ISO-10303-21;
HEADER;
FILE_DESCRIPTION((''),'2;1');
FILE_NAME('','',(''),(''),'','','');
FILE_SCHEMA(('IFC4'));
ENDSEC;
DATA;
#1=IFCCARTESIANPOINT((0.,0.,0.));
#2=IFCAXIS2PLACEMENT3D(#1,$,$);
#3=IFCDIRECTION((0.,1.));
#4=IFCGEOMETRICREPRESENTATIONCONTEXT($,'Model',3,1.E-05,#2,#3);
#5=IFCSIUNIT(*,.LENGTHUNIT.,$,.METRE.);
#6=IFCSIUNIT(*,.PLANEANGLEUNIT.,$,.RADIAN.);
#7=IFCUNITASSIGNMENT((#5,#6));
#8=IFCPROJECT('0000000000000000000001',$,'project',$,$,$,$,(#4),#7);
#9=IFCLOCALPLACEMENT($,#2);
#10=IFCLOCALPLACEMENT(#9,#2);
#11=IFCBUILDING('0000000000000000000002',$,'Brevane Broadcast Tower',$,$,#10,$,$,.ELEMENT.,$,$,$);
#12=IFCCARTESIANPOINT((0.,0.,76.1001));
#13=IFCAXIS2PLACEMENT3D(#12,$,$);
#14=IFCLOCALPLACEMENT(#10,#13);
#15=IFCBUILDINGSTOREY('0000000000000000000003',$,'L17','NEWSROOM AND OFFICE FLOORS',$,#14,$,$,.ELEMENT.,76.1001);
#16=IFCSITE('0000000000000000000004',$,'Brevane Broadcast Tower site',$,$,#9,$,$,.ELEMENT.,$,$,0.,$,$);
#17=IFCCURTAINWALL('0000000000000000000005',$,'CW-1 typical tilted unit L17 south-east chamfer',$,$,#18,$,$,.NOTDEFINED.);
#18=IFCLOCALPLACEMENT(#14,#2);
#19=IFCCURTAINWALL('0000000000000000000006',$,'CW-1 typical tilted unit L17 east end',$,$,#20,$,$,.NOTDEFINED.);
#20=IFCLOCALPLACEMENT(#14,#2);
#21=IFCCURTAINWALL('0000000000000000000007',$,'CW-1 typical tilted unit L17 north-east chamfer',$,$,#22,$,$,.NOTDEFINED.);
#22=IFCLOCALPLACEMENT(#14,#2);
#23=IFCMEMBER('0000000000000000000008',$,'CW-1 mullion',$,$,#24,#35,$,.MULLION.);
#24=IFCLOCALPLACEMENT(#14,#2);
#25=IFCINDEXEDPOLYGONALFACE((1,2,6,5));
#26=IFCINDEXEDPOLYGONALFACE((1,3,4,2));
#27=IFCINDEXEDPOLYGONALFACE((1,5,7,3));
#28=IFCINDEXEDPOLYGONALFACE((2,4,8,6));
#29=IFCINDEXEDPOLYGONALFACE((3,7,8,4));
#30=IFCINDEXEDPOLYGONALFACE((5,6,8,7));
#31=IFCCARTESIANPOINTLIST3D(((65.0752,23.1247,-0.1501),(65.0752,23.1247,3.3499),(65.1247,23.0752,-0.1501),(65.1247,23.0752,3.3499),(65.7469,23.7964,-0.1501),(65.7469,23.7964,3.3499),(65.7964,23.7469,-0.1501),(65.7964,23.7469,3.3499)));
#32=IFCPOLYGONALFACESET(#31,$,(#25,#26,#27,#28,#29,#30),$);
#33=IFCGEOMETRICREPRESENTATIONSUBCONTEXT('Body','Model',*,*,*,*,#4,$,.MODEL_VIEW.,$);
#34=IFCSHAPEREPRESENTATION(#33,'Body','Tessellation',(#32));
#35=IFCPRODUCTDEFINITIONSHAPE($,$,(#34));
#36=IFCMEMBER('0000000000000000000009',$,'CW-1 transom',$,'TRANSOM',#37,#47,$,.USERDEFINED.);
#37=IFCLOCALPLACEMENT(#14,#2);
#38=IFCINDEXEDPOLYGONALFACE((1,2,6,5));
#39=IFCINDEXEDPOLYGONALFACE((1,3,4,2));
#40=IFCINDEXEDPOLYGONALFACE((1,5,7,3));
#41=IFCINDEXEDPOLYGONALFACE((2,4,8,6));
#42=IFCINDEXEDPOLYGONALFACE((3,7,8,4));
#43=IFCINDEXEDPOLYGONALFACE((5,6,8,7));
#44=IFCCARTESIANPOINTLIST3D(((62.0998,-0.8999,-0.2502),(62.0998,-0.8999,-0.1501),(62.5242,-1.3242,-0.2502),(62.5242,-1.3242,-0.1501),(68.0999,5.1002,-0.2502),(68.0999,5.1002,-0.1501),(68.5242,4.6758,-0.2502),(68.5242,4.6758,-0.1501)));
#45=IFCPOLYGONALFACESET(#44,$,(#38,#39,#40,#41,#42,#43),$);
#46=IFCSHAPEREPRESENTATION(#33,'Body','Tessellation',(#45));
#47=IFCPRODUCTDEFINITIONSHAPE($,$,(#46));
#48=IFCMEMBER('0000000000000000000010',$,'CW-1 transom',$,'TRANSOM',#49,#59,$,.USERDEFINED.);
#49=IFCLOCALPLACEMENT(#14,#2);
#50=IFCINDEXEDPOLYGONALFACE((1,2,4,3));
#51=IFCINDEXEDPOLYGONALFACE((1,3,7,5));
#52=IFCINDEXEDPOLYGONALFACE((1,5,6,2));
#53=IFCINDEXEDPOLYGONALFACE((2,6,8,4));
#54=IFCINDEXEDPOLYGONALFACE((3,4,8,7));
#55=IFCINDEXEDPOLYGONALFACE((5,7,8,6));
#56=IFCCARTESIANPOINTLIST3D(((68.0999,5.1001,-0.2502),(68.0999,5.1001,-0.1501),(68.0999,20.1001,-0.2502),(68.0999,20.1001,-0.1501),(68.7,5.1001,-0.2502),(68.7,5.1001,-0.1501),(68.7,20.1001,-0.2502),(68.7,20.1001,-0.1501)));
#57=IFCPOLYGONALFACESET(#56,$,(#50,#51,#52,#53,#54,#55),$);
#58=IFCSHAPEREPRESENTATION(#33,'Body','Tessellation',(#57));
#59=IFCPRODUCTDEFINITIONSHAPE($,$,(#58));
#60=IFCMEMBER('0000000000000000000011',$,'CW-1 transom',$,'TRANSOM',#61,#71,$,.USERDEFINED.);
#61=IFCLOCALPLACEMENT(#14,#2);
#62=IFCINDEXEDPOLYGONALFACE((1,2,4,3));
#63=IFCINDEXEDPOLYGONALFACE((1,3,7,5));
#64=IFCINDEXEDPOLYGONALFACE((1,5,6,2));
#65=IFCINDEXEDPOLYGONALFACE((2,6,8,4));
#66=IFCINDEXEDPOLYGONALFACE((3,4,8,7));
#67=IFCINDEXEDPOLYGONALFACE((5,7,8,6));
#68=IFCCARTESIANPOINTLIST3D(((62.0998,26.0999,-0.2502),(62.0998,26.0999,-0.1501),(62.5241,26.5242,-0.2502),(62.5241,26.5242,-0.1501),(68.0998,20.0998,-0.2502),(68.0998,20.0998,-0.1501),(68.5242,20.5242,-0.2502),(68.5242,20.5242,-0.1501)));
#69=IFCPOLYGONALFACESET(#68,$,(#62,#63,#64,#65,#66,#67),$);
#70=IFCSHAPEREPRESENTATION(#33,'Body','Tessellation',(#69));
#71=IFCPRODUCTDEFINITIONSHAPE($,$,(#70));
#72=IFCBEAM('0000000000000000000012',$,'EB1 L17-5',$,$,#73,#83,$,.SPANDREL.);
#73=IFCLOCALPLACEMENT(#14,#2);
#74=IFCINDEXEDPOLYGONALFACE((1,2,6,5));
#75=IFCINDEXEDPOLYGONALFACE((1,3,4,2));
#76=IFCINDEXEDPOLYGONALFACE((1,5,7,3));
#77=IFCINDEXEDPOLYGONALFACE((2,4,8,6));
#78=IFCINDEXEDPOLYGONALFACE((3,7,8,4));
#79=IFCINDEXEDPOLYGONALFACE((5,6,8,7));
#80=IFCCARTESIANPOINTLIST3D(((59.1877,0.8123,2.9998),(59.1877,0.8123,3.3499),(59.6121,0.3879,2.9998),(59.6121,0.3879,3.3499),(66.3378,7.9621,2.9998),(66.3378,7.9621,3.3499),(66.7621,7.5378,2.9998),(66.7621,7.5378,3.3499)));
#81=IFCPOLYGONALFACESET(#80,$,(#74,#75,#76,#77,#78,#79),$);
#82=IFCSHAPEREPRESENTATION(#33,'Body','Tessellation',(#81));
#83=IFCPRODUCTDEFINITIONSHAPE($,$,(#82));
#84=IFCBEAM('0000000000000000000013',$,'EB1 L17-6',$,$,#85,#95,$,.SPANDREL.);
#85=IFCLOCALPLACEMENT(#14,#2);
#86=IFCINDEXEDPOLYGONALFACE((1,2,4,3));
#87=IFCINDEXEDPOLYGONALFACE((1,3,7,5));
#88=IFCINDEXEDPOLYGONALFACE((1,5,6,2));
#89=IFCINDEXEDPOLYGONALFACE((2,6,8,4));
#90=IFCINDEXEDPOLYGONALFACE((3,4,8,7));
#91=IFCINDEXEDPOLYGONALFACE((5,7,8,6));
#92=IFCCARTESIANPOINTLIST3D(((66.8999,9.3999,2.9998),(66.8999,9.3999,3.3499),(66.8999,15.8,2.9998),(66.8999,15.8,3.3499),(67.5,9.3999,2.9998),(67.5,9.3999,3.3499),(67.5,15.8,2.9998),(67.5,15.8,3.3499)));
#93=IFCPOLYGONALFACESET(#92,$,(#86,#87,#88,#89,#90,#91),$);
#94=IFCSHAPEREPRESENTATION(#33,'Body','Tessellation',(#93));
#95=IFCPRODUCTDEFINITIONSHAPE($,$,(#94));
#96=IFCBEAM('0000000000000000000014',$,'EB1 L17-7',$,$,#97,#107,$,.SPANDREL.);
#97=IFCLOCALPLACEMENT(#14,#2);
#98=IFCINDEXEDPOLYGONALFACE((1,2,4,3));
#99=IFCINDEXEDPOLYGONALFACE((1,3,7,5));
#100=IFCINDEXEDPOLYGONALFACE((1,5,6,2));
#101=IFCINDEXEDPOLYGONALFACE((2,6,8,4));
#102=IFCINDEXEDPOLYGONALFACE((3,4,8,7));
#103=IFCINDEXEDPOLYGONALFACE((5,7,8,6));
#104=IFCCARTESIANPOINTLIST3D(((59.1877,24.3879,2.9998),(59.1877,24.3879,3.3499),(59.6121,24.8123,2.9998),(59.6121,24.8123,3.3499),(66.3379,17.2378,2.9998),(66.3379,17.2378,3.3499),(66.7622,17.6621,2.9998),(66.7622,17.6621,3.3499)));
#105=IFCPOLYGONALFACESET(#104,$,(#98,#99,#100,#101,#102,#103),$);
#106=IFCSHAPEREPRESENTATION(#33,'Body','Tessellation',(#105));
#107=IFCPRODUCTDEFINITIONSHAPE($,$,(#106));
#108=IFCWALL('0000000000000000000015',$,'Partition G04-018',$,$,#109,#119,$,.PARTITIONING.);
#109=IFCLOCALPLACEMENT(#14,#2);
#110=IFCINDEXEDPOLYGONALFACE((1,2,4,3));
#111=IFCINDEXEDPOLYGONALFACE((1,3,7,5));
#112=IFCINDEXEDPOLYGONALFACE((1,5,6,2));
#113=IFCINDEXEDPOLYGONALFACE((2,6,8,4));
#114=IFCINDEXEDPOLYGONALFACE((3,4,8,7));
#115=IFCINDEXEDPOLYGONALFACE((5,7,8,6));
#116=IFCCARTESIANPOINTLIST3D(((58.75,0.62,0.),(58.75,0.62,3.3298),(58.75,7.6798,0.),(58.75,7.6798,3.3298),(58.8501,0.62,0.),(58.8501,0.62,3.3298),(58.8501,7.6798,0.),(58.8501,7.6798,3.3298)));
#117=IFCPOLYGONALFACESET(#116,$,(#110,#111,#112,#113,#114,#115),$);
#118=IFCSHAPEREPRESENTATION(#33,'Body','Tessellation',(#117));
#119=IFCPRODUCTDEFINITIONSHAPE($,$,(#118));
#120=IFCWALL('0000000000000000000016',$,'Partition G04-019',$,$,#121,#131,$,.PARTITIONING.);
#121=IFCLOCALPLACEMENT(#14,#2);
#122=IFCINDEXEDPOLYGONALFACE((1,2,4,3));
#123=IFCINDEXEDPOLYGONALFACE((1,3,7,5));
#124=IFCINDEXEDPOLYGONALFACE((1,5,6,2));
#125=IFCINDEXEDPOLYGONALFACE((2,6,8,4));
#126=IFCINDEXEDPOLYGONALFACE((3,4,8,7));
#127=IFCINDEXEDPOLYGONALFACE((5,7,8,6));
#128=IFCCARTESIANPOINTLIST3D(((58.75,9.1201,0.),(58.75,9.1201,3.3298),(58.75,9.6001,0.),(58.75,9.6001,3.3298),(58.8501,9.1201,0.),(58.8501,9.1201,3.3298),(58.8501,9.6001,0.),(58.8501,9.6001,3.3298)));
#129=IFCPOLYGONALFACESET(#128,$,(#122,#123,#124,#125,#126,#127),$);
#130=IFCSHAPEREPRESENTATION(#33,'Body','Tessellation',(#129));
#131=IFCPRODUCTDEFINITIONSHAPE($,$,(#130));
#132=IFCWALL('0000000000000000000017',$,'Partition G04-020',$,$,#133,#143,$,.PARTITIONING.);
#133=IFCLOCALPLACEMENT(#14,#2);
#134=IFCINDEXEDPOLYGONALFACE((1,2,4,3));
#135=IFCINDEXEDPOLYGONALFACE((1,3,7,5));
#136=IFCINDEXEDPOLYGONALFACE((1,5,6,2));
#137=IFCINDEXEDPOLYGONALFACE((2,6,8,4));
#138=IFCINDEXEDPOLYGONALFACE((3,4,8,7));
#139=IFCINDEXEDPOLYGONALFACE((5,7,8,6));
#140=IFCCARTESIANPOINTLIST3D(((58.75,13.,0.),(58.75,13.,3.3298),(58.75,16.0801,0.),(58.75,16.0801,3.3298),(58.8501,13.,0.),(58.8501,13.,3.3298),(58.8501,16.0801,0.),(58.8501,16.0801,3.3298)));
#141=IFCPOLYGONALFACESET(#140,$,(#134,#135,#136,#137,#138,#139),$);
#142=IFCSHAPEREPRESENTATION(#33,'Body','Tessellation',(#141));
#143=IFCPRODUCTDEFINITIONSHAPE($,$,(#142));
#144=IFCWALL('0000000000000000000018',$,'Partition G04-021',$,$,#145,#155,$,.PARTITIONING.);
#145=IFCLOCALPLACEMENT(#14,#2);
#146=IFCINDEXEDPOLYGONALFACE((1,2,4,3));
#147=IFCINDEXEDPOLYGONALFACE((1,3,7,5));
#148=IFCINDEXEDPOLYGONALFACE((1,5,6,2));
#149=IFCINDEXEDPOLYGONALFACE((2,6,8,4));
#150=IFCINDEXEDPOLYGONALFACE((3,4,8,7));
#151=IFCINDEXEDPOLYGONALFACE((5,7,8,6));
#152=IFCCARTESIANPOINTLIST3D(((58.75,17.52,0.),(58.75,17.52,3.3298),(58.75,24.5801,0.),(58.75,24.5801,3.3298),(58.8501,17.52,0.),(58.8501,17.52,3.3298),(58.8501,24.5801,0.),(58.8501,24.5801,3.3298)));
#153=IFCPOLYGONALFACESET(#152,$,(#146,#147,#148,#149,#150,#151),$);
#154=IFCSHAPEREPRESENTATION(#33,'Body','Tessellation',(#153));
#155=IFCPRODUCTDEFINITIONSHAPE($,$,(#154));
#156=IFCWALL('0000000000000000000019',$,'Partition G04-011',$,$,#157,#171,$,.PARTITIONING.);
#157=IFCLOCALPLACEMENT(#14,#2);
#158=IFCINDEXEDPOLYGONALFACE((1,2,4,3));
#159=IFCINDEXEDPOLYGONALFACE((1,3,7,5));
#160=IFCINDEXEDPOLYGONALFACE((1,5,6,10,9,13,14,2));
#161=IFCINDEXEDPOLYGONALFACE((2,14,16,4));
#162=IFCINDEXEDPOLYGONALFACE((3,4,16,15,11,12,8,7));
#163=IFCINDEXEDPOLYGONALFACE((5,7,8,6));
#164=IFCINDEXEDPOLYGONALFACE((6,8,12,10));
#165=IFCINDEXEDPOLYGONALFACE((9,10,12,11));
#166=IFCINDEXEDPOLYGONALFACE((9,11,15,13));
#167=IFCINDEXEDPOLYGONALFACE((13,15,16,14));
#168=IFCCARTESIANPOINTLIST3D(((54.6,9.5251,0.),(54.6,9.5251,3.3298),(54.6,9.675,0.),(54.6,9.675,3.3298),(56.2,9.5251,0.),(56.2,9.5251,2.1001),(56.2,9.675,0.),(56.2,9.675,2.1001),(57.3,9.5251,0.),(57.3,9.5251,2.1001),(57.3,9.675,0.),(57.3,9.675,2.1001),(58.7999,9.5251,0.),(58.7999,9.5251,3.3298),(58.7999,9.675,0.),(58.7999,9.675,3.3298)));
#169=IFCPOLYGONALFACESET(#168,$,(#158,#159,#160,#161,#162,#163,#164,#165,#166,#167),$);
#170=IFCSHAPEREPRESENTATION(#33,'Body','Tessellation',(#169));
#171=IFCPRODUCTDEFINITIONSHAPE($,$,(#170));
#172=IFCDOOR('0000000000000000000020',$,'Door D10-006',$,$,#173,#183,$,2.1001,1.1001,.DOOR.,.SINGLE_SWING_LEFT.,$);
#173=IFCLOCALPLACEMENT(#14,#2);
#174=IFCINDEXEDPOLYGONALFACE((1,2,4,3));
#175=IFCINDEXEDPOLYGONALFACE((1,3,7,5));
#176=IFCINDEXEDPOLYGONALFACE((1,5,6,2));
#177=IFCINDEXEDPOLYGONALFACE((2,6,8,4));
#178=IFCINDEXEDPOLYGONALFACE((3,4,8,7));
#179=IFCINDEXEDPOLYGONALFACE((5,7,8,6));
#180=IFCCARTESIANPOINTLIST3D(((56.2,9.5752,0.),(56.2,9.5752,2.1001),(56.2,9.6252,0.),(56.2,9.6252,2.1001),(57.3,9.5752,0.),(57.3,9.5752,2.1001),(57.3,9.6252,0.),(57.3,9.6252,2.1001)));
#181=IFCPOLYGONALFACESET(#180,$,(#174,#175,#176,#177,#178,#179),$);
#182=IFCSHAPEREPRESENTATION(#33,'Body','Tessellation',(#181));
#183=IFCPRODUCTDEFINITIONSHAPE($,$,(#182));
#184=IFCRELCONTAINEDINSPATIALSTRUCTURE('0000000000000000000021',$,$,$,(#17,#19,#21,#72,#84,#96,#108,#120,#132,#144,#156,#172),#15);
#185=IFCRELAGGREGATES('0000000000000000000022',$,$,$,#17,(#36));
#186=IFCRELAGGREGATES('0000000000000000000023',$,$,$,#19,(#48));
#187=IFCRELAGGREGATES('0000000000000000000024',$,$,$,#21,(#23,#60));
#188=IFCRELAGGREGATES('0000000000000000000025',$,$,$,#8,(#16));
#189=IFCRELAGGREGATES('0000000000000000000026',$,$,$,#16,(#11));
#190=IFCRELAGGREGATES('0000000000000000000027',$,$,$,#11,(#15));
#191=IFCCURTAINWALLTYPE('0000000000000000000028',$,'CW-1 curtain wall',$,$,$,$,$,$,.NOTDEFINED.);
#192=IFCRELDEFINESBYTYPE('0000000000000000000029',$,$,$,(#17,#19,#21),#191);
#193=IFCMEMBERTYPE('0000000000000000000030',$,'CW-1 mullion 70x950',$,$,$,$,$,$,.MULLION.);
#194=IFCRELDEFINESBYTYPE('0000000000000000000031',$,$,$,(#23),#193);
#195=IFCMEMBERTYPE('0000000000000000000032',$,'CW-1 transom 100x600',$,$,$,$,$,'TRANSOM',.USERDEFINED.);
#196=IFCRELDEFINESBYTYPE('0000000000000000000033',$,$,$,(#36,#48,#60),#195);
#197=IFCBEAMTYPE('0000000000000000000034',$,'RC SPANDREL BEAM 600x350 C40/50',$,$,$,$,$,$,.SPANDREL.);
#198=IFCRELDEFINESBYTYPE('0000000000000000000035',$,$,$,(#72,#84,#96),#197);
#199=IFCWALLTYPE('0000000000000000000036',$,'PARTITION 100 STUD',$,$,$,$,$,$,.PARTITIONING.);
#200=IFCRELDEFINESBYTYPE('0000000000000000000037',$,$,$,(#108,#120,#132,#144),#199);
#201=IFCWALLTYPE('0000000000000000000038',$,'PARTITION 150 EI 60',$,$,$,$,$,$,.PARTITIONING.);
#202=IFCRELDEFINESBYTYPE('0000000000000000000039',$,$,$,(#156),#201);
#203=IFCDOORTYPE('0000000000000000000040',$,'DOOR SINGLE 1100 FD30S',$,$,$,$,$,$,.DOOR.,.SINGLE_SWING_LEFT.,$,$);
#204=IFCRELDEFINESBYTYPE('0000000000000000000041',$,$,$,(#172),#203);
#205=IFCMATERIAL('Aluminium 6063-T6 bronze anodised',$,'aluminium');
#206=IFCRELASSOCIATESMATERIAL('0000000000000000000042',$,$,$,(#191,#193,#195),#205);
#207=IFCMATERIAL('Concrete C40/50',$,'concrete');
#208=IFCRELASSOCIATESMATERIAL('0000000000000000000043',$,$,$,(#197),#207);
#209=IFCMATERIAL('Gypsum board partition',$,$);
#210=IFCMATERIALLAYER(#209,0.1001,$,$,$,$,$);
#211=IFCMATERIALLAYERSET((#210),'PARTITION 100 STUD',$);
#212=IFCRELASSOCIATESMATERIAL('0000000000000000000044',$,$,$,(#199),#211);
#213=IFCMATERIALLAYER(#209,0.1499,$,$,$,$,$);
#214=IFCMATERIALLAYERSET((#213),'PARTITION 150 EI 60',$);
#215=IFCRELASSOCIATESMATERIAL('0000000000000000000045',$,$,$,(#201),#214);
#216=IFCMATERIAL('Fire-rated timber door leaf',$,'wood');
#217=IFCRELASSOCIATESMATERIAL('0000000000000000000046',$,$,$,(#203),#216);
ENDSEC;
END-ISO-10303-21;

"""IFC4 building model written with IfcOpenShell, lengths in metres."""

from ifc_helpers import new_model, si_unit, direction, frame, frame_2d, origin, origin_2d, place, context, subcontext, project, spatial, rectangle, extrude, material, layer, layer_set, material_profile, profile_set, type_object, element, fill, aggregate, save


model = new_model("IFC4")

# Units and contexts
model_context = context("Model", 3, precision=1e-05, world=origin(), true_north=direction((0.0, 1.0)))
body_context = subcontext(model_context, "Body", "Model", "MODEL_VIEW")
ifc_project = project(units=[si_unit("LENGTHUNIT", "METRE"), si_unit("PLANEANGLEUNIT", "RADIAN")], contexts=[model_context])

# Site, building, storey
site_placement = place(None, origin())
site = spatial("IfcSite", under=ifc_project, at=site_placement, Name="Brevane Broadcast Tower site", CompositionType="ELEMENT", RefElevation=0.0)
building_placement = place(site_placement, origin())
building = spatial("IfcBuilding", under=site, at=building_placement, Name="Brevane Broadcast Tower", CompositionType="ELEMENT")
storey_placement = place(building_placement, frame((0.0, 0.0, 76.1001)))
storey = spatial("IfcBuildingStorey", under=building, at=storey_placement, Name="L17", Description="NEWSROOM AND OFFICE FLOORS", CompositionType="ELEMENT", Elevation=76.1001)

# Shared definitions
ifc_material_1 = material(Name="Aluminium 6063-T6 bronze anodised", Category="aluminium")
curtain_wall_type = type_object("IfcCurtainWallType", Name="CW-1 curtain wall", PredefinedType="NOTDEFINED", material=ifc_material_1)
ifc_material_profile_1 = material_profile(ifc_material_1, rectangle(XDim=0.95, YDim=0.0701, at=origin_2d()), Name="RECT 70x950")
ifc_profile_set_1 = profile_set([ifc_material_profile_1], Name="Aluminium 6063-T6 bronze anodised")
member_type_1 = type_object("IfcMemberType", Name="CW-1 mullion 70x950", PredefinedType="MULLION", material=ifc_profile_set_1)

# Curtain walls, member
curtain_wall_1_placement = place(storey_placement, origin())
curtain_wall_1 = element("IfcCurtainWall", 1, at=curtain_wall_1_placement, inside=storey, type_object=curtain_wall_type, Name="CW-1 typical tilted unit L17 south-east chamfer", PredefinedType="NOTDEFINED")
curtain_wall_2_placement = place(storey_placement, origin())
curtain_wall_2 = element("IfcCurtainWall", 2, at=curtain_wall_2_placement, inside=storey, type_object=curtain_wall_type, Name="CW-1 typical tilted unit L17 east end", PredefinedType="NOTDEFINED")
curtain_wall_3_placement = place(storey_placement, origin())
curtain_wall_3 = element("IfcCurtainWall", 3, at=curtain_wall_3_placement, inside=storey, type_object=curtain_wall_type, Name="CW-1 typical tilted unit L17 north-east chamfer", PredefinedType="NOTDEFINED")
member_1_placement = place(storey_placement, frame((65.4358, 23.4358, -0.1501), z_axis=(0.0, 0.0, 1.0), x_axis=(-0.707107, -0.707107, 0.0)))
member_1 = element("IfcMember", 4, at=member_1_placement, type_object=member_type_1, Name="CW-1 mullion", PredefinedType="MULLION", context=body_context, shape_type="SweptSolid", body=[
    extrude(rectangle(XDim=0.95, YDim=0.0701, at=origin_2d()), origin(), (0.0, 0.0, 1.0), 3.5),
])

# Members
ifc_material_profile_2 = material_profile(ifc_material_1, rectangle(XDim=0.6001, YDim=0.1001, at=origin_2d()), Name="RECT 100x600")
ifc_profile_set_2 = profile_set([ifc_material_profile_2], Name="Aluminium 6063-T6 bronze anodised")
member_type_2 = type_object("IfcMemberType", Name="CW-1 transom 100x600", ElementType="TRANSOM", PredefinedType="USERDEFINED", material=ifc_profile_set_2)
member_2_placement = place(storey_placement, frame((62.312, -1.1121, -0.2002), z_axis=(0.707107, 0.707107, 0.0), x_axis=(-0.707107, 0.707107, 0.0)))
member_2 = element("IfcMember", 5, at=member_2_placement, type_object=member_type_2, Name="CW-1 transom", ObjectType="TRANSOM", PredefinedType="USERDEFINED", context=body_context, shape_type="SweptSolid", body=[
    extrude(rectangle(XDim=0.6001, YDim=0.1001, at=origin_2d()), origin(), (0.0, 0.0, 1.0), 8.4854),
])
aggregate(curtain_wall_1, [member_2])
member_3_placement = place(storey_placement, frame((68.3999, 5.1001, -0.2002), z_axis=(0.0, 1.0, 0.0), x_axis=(-1.0, 0.0, 0.0)))
member_3 = element("IfcMember", 6, at=member_3_placement, type_object=member_type_2, Name="CW-1 transom", ObjectType="TRANSOM", PredefinedType="USERDEFINED", context=body_context, shape_type="SweptSolid", body=[
    extrude(rectangle(XDim=0.6001, YDim=0.1001, at=origin_2d()), origin(), (0.0, 0.0, 1.0), 15.0),
])
aggregate(curtain_wall_2, [member_3])
member_4_placement = place(storey_placement, frame((68.312, 20.312, -0.2002), z_axis=(-0.707107, 0.707107, 0.0), x_axis=(-0.707107, -0.707107, 0.0)))
member_4 = element("IfcMember", 7, at=member_4_placement, type_object=member_type_2, Name="CW-1 transom", ObjectType="TRANSOM", PredefinedType="USERDEFINED", context=body_context, shape_type="SweptSolid", body=[
    extrude(rectangle(XDim=0.6001, YDim=0.1001, at=origin_2d()), origin(), (0.0, 0.0, 1.0), 8.4854),
])
aggregate(curtain_wall_3, [member_1, member_4])

# Beams
ifc_material_2 = material(Name="Concrete C40/50", Category="concrete")
ifc_material_profile_3 = material_profile(ifc_material_2, rectangle(XDim=0.6001, YDim=0.3501, at=origin_2d()), Name="RC 600x350")
ifc_profile_set_3 = profile_set([ifc_material_profile_3], Name="Concrete C40/50")
beam_type = type_object("IfcBeamType", Name="RC SPANDREL BEAM 600x350 C40/50", PredefinedType="SPANDREL", material=ifc_profile_set_3)
beam_1_placement = place(storey_placement, frame((59.3999, 0.6001, 3.1748), z_axis=(0.707119, 0.707095, 0.0), x_axis=(-0.707095, 0.707119, 0.0)))
element("IfcBeam", 8, at=beam_1_placement, inside=storey, type_object=beam_type, Name="EB1 L17-5", PredefinedType="SPANDREL", context=body_context, shape_type="SweptSolid", body=[
    extrude(rectangle(XDim=0.6001, YDim=0.3501, at=origin_2d()), origin(), (0.0, 0.0, 1.0), 10.1116),
])
beam_2_placement = place(storey_placement, frame((67.2, 9.3999, 3.1748), z_axis=(0.0, 1.0, 0.0), x_axis=(-1.0, 0.0, 0.0)))
element("IfcBeam", 9, at=beam_2_placement, inside=storey, type_object=beam_type, Name="EB1 L17-6", PredefinedType="SPANDREL", context=body_context, shape_type="SweptSolid", body=[
    extrude(rectangle(XDim=0.6001, YDim=0.3501, at=origin_2d()), origin(), (0.0, 0.0, 1.0), 6.4001),
])
beam_3_placement = place(storey_placement, frame((66.55, 17.45, 3.1748), z_axis=(-0.707107, 0.707107, 0.0), x_axis=(-0.707107, -0.707107, 0.0)))
element("IfcBeam", 10, at=beam_3_placement, inside=storey, type_object=beam_type, Name="EB1 L17-7", PredefinedType="SPANDREL", context=body_context, shape_type="SweptSolid", body=[
    extrude(rectangle(XDim=0.6001, YDim=0.3501, at=origin_2d()), origin(), (0.0, 0.0, 1.0), 10.1118),
])

# Walls
ifc_material_3 = material(Name="Gypsum board partition")
ifc_layer_1 = layer(ifc_material_3, 0.1001)
ifc_layer_set_1 = layer_set([ifc_layer_1], Name="PARTITION 100 STUD")
wall_type_1 = type_object("IfcWallType", Name="PARTITION 100 STUD", PredefinedType="PARTITIONING", material=ifc_layer_set_1)
wall_1_placement = place(storey_placement, frame((58.8, 0.6201, 0.0), z_axis=(0.0, 0.0, 1.0), x_axis=(0.0, 1.0, 0.0)))
element("IfcWall", 11, at=wall_1_placement, inside=storey, type_object=wall_type_1, Name="Partition G04-018", PredefinedType="PARTITIONING", context=body_context, shape_type="SweptSolid", body=[
    extrude(rectangle(XDim=7.0598, YDim=0.1001, at=frame_2d((3.5298, 0.0))), origin(), (0.0, 0.0, 1.0), 3.3298),
])
wall_2_placement = place(storey_placement, frame((58.8, 9.1201, 0.0), z_axis=(0.0, 0.0, 1.0), x_axis=(0.0, 1.0, 0.0)))
element("IfcWall", 12, at=wall_2_placement, inside=storey, type_object=wall_type_1, Name="Partition G04-019", PredefinedType="PARTITIONING", context=body_context, shape_type="SweptSolid", body=[
    extrude(rectangle(XDim=0.48, YDim=0.1001, at=frame_2d((0.24, 0.0))), origin(), (0.0, 0.0, 1.0), 3.3298),
])
wall_3_placement = place(storey_placement, frame((58.8, 13.0, 0.0), z_axis=(0.0, 0.0, 1.0), x_axis=(0.0, 1.0, 0.0)))
element("IfcWall", 13, at=wall_3_placement, inside=storey, type_object=wall_type_1, Name="Partition G04-020", PredefinedType="PARTITIONING", context=body_context, shape_type="SweptSolid", body=[
    extrude(rectangle(XDim=3.0801, YDim=0.1001, at=frame_2d((1.54, 0.0))), origin(), (0.0, 0.0, 1.0), 3.3298),
])
wall_4_placement = place(storey_placement, frame((58.8, 17.52, 0.0), z_axis=(0.0, 0.0, 1.0), x_axis=(0.0, 1.0, 0.0)))
element("IfcWall", 14, at=wall_4_placement, inside=storey, type_object=wall_type_1, Name="Partition G04-021", PredefinedType="PARTITIONING", context=body_context, shape_type="SweptSolid", body=[
    extrude(rectangle(XDim=7.0601, YDim=0.1001, at=frame_2d((3.53, 0.0))), origin(), (0.0, 0.0, 1.0), 3.3298),
])

# Wall, opening, door
ifc_layer_2 = layer(ifc_material_3, 0.1499)
ifc_layer_set_2 = layer_set([ifc_layer_2], Name="PARTITION 150 EI 60")
wall_type_2 = type_object("IfcWallType", Name="PARTITION 150 EI 60", PredefinedType="PARTITIONING", material=ifc_layer_set_2)
ifc_material_4 = material(Name="Fire-rated timber door leaf", Category="wood")
wall_5_placement = place(storey_placement, frame((58.8, 9.6001, 0.0), z_axis=(0.0, 0.0, 1.0), x_axis=(-1.0, 0.0, 0.0)))
wall_5 = element("IfcWall", 15, at=wall_5_placement, inside=storey, type_object=wall_type_2, Name="Partition G04-011", PredefinedType="PARTITIONING", context=body_context, shape_type="SweptSolid", body=[
    extrude(rectangle(XDim=4.2, YDim=0.1499, at=frame_2d((2.1001, 0.0))), origin(), (0.0, 0.0, 1.0), 3.3298),
])
opening_1_placement = place(wall_5_placement, frame((1.5, 0.0, 0.0)))
opening_1 = element("IfcOpeningElement", 16, at=opening_1_placement, cuts=wall_5, PredefinedType="OPENING", context=body_context, shape_type="SweptSolid", body=[
    extrude(rectangle(XDim=1.1001, YDim=2.1001, at=frame_2d((0.55, 1.05))), frame((0.0, 0.085, 0.0), z_axis=(0.0, -1.0, 0.0), x_axis=(1.0, 0.0, 0.0)), (0.0, 0.0, 1.0), 0.1699),
])
door_type_1 = type_object("IfcDoorType", Name="DOOR SINGLE 1100 FD30S", OperationType="SINGLE_SWING_LEFT", PredefinedType="DOOR", material=ifc_material_4)
door_1_placement = place(opening_1_placement, origin())
door_1 = element("IfcDoor", 17, at=door_1_placement, inside=storey, type_object=door_type_1, Name="Door D10-006", OperationType="SINGLE_SWING_LEFT", OverallHeight=2.1001, OverallWidth=1.1001, PredefinedType="DOOR", context=body_context, shape_type="SweptSolid", body=[
    extrude(rectangle(XDim=1.1001, YDim=2.1001, at=frame_2d((0.55, 1.05))), frame((0.0, 0.0249, 0.0), z_axis=(0.0, -1.0, 0.0), x_axis=(1.0, 0.0, 0.0)), (0.0, 0.0, 1.0), 0.05),
])
fill(opening_1, door_1)

save(model, "model.ifc")
